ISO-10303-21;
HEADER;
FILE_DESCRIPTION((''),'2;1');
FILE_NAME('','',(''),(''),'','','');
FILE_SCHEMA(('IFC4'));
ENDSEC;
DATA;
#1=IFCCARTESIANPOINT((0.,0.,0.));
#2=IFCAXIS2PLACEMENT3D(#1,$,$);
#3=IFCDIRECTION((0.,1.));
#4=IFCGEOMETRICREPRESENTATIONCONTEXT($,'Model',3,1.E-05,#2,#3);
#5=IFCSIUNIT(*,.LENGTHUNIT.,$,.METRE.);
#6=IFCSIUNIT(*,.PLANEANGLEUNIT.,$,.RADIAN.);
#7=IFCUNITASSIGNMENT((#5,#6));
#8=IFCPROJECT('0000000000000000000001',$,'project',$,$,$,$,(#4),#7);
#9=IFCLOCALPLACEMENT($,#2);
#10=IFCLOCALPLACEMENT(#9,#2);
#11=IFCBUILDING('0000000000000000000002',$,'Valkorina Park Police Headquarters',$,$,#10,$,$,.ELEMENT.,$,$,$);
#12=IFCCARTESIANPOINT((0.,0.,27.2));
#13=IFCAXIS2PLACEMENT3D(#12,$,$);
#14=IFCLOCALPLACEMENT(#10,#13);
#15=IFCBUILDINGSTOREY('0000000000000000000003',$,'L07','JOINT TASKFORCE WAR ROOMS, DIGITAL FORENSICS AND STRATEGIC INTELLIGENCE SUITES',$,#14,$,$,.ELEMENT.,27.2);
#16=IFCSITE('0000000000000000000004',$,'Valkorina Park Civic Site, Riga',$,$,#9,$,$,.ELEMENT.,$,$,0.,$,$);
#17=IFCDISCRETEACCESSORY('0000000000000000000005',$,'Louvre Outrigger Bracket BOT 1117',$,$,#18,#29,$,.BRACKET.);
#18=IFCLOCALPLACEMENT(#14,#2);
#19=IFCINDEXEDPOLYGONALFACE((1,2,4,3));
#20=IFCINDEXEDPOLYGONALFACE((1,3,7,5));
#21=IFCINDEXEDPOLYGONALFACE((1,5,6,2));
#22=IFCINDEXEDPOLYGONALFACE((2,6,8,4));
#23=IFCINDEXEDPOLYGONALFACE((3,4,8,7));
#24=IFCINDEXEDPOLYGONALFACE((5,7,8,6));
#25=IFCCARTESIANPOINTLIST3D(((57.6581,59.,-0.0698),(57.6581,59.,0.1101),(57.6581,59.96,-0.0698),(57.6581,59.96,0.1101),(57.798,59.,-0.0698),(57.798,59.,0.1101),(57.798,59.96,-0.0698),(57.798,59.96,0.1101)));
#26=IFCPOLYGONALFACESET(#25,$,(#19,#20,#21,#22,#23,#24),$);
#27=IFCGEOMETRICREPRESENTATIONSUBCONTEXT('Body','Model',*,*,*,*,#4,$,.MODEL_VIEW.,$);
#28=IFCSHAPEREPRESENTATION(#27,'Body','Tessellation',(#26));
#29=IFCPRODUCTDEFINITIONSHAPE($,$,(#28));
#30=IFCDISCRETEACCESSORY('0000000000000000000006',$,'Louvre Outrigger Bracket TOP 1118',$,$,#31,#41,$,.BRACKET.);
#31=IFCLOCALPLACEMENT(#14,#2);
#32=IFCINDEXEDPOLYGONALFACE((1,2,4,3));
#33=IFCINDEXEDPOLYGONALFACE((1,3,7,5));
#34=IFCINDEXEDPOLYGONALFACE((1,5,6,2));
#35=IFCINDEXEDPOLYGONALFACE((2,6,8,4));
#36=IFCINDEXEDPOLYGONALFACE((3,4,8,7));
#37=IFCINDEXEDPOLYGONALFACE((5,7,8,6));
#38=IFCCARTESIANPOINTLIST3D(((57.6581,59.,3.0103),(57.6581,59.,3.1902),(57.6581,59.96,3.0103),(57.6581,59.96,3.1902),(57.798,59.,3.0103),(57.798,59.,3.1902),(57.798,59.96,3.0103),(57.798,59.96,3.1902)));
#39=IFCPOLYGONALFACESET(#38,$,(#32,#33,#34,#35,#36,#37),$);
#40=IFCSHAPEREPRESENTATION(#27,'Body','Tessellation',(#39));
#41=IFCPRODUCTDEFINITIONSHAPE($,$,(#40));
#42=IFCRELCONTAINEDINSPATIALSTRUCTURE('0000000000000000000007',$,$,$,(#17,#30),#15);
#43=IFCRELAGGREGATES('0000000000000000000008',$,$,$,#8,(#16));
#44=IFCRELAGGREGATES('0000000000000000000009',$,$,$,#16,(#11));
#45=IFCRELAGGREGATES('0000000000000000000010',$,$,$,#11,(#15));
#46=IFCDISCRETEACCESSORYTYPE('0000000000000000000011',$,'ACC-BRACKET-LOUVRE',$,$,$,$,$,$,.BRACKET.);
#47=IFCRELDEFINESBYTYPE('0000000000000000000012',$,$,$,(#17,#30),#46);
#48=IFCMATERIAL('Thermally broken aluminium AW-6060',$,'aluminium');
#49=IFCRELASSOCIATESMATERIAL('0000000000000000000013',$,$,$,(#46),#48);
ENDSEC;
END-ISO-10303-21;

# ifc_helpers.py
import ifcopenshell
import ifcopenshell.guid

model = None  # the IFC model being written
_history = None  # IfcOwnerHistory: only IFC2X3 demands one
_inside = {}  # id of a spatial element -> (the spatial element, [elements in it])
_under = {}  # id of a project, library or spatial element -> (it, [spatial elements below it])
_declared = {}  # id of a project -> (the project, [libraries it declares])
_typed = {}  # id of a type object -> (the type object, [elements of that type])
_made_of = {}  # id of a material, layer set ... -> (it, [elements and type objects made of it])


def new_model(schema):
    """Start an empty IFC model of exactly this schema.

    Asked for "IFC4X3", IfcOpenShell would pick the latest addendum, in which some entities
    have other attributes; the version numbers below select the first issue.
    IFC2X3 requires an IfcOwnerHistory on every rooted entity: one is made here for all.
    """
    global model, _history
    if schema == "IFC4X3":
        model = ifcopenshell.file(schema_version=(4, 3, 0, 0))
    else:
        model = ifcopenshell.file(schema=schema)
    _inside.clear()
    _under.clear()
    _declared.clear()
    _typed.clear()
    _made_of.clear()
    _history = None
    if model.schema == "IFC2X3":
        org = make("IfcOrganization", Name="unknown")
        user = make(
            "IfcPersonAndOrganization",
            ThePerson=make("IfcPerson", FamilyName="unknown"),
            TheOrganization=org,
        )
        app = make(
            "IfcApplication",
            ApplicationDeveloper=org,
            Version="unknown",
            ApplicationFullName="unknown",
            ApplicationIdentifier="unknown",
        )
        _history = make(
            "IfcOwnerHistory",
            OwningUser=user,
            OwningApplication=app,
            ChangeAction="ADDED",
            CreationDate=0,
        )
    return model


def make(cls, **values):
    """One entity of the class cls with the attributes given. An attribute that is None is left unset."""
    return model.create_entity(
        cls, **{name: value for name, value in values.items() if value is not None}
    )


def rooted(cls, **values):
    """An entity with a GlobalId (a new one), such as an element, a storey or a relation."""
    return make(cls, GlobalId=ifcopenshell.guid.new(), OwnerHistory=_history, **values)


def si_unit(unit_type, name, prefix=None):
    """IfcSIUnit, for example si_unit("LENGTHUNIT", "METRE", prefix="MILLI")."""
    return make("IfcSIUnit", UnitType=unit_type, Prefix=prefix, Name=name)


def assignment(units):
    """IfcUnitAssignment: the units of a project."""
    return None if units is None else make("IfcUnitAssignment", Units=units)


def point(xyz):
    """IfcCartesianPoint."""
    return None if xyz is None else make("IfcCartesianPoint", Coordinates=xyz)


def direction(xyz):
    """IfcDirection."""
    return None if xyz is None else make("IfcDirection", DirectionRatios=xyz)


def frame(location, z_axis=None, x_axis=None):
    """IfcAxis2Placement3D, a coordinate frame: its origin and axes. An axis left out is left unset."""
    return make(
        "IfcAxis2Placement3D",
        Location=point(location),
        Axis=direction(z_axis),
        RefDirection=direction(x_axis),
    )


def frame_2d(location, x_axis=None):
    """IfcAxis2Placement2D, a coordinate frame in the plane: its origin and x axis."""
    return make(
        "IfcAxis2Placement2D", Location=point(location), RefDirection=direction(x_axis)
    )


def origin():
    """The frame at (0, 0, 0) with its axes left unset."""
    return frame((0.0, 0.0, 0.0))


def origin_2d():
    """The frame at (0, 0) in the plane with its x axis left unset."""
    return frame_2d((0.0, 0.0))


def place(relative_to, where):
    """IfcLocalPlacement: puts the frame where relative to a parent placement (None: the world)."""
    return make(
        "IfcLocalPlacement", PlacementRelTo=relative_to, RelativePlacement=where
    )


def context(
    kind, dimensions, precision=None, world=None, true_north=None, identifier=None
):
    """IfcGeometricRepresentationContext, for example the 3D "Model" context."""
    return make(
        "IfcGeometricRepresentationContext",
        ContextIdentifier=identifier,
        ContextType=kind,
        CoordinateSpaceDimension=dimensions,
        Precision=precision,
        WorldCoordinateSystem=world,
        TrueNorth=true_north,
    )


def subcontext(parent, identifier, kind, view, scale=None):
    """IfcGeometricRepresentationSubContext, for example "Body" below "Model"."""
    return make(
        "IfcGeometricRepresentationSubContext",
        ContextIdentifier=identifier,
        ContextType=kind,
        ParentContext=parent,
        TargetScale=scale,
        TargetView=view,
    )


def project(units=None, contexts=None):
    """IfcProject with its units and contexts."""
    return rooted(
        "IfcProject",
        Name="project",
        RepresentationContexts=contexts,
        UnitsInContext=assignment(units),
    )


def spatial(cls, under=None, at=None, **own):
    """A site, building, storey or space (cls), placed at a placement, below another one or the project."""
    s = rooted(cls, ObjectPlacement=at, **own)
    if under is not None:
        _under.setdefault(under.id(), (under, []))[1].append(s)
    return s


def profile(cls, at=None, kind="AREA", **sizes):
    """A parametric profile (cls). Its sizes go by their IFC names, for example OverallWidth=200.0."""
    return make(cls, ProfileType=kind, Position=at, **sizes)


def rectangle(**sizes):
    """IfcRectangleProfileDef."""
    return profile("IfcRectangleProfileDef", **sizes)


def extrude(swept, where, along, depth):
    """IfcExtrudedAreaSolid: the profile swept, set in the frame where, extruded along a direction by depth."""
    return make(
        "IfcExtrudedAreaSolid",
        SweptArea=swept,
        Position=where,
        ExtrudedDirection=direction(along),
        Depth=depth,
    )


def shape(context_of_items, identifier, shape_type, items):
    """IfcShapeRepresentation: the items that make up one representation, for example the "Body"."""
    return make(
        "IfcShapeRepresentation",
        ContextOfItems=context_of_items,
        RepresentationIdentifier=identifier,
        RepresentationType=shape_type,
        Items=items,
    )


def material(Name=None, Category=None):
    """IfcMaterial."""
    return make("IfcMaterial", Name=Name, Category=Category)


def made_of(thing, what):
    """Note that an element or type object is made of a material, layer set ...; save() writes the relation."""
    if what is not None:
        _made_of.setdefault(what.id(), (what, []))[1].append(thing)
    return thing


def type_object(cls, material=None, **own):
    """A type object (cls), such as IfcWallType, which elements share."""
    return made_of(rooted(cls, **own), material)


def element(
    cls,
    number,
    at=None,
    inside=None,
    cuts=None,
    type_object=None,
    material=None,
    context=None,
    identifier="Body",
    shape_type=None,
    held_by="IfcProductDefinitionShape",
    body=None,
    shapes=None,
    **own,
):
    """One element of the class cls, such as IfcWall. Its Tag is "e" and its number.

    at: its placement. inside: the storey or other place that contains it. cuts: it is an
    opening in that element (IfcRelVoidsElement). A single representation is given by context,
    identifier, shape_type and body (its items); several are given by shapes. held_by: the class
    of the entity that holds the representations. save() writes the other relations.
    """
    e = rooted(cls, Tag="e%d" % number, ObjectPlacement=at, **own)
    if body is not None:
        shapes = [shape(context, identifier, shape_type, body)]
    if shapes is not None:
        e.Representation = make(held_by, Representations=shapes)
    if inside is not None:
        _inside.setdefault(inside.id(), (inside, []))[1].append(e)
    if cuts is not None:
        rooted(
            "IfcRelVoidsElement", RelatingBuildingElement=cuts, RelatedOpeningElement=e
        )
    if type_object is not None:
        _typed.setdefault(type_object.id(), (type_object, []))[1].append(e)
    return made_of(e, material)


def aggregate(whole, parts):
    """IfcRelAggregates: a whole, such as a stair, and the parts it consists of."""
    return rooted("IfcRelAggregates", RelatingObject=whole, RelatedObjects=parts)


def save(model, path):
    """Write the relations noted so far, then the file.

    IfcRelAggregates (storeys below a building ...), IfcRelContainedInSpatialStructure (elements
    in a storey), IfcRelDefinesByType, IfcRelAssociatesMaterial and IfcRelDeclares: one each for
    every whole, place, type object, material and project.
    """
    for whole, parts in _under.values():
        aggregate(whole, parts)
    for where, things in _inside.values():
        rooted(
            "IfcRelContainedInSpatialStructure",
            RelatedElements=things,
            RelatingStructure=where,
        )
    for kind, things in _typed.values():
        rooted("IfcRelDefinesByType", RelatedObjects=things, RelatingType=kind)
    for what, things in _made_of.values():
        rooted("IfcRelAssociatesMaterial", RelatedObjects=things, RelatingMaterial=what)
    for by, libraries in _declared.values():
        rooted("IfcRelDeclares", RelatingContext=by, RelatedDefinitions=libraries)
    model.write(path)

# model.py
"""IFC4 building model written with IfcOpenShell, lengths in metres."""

from ifc_helpers import new_model, si_unit, direction, frame, origin, origin_2d, place, context, subcontext, project, spatial, rectangle, extrude, material, type_object, element, save


model = new_model("IFC4")

# Units and contexts
model_context = context("Model", 3, precision=1e-05, world=origin(), true_north=direction((0.0, 1.0)))
body_context = subcontext(model_context, "Body", "Model", "MODEL_VIEW")
ifc_project = project(units=[si_unit("LENGTHUNIT", "METRE"), si_unit("PLANEANGLEUNIT", "RADIAN")], contexts=[model_context])

# Site, building, storey
site_placement = place(None, origin())
site = spatial("IfcSite", under=ifc_project, at=site_placement, Name="Valkorina Park Civic Site, Riga", CompositionType="ELEMENT", RefElevation=0.0)
building_placement = place(site_placement, origin())
building = spatial("IfcBuilding", under=site, at=building_placement, Name="Valkorina Park Police Headquarters", CompositionType="ELEMENT")
storey_placement = place(building_placement, frame((0.0, 0.0, 27.2)))
storey = spatial("IfcBuildingStorey", under=building, at=storey_placement, Name="L07", Description="JOINT TASKFORCE WAR ROOMS, DIGITAL FORENSICS AND STRATEGIC INTELLIGENCE SUITES", CompositionType="ELEMENT", Elevation=27.2)

# Shared definitions
ifc_material_1 = material(Name="Thermally broken aluminium AW-6060", Category="aluminium")

# Discrete accessories
discrete_accessory_type = type_object("IfcDiscreteAccessoryType", Name="ACC-BRACKET-LOUVRE", PredefinedType="BRACKET", material=ifc_material_1)
for number, where, z_axis, x_axis, name in (
    (1, (57.728, 59.48, -0.0698), (0.0, 0.0, 1.0), (0.0, 1.0, 0.0), "Louvre Outrigger Bracket BOT 1117"),
    (2, (57.728, 59.48, 3.0103), (0.0, 0.0, 1.0), (0.0, 1.0, 0.0), "Louvre Outrigger Bracket TOP 1118"),
):
    element("IfcDiscreteAccessory", number, at=place(storey_placement, frame(where, z_axis=z_axis, x_axis=x_axis)), inside=storey, type_object=discrete_accessory_type, Name=name, PredefinedType="BRACKET", context=body_context, shape_type="SweptSolid", body=[
        extrude(rectangle(XDim=0.96, YDim=0.1399, at=origin_2d()), origin(), (0.0, 0.0, 1.0), 0.1799),
    ])

save(model, "model.ifc")
